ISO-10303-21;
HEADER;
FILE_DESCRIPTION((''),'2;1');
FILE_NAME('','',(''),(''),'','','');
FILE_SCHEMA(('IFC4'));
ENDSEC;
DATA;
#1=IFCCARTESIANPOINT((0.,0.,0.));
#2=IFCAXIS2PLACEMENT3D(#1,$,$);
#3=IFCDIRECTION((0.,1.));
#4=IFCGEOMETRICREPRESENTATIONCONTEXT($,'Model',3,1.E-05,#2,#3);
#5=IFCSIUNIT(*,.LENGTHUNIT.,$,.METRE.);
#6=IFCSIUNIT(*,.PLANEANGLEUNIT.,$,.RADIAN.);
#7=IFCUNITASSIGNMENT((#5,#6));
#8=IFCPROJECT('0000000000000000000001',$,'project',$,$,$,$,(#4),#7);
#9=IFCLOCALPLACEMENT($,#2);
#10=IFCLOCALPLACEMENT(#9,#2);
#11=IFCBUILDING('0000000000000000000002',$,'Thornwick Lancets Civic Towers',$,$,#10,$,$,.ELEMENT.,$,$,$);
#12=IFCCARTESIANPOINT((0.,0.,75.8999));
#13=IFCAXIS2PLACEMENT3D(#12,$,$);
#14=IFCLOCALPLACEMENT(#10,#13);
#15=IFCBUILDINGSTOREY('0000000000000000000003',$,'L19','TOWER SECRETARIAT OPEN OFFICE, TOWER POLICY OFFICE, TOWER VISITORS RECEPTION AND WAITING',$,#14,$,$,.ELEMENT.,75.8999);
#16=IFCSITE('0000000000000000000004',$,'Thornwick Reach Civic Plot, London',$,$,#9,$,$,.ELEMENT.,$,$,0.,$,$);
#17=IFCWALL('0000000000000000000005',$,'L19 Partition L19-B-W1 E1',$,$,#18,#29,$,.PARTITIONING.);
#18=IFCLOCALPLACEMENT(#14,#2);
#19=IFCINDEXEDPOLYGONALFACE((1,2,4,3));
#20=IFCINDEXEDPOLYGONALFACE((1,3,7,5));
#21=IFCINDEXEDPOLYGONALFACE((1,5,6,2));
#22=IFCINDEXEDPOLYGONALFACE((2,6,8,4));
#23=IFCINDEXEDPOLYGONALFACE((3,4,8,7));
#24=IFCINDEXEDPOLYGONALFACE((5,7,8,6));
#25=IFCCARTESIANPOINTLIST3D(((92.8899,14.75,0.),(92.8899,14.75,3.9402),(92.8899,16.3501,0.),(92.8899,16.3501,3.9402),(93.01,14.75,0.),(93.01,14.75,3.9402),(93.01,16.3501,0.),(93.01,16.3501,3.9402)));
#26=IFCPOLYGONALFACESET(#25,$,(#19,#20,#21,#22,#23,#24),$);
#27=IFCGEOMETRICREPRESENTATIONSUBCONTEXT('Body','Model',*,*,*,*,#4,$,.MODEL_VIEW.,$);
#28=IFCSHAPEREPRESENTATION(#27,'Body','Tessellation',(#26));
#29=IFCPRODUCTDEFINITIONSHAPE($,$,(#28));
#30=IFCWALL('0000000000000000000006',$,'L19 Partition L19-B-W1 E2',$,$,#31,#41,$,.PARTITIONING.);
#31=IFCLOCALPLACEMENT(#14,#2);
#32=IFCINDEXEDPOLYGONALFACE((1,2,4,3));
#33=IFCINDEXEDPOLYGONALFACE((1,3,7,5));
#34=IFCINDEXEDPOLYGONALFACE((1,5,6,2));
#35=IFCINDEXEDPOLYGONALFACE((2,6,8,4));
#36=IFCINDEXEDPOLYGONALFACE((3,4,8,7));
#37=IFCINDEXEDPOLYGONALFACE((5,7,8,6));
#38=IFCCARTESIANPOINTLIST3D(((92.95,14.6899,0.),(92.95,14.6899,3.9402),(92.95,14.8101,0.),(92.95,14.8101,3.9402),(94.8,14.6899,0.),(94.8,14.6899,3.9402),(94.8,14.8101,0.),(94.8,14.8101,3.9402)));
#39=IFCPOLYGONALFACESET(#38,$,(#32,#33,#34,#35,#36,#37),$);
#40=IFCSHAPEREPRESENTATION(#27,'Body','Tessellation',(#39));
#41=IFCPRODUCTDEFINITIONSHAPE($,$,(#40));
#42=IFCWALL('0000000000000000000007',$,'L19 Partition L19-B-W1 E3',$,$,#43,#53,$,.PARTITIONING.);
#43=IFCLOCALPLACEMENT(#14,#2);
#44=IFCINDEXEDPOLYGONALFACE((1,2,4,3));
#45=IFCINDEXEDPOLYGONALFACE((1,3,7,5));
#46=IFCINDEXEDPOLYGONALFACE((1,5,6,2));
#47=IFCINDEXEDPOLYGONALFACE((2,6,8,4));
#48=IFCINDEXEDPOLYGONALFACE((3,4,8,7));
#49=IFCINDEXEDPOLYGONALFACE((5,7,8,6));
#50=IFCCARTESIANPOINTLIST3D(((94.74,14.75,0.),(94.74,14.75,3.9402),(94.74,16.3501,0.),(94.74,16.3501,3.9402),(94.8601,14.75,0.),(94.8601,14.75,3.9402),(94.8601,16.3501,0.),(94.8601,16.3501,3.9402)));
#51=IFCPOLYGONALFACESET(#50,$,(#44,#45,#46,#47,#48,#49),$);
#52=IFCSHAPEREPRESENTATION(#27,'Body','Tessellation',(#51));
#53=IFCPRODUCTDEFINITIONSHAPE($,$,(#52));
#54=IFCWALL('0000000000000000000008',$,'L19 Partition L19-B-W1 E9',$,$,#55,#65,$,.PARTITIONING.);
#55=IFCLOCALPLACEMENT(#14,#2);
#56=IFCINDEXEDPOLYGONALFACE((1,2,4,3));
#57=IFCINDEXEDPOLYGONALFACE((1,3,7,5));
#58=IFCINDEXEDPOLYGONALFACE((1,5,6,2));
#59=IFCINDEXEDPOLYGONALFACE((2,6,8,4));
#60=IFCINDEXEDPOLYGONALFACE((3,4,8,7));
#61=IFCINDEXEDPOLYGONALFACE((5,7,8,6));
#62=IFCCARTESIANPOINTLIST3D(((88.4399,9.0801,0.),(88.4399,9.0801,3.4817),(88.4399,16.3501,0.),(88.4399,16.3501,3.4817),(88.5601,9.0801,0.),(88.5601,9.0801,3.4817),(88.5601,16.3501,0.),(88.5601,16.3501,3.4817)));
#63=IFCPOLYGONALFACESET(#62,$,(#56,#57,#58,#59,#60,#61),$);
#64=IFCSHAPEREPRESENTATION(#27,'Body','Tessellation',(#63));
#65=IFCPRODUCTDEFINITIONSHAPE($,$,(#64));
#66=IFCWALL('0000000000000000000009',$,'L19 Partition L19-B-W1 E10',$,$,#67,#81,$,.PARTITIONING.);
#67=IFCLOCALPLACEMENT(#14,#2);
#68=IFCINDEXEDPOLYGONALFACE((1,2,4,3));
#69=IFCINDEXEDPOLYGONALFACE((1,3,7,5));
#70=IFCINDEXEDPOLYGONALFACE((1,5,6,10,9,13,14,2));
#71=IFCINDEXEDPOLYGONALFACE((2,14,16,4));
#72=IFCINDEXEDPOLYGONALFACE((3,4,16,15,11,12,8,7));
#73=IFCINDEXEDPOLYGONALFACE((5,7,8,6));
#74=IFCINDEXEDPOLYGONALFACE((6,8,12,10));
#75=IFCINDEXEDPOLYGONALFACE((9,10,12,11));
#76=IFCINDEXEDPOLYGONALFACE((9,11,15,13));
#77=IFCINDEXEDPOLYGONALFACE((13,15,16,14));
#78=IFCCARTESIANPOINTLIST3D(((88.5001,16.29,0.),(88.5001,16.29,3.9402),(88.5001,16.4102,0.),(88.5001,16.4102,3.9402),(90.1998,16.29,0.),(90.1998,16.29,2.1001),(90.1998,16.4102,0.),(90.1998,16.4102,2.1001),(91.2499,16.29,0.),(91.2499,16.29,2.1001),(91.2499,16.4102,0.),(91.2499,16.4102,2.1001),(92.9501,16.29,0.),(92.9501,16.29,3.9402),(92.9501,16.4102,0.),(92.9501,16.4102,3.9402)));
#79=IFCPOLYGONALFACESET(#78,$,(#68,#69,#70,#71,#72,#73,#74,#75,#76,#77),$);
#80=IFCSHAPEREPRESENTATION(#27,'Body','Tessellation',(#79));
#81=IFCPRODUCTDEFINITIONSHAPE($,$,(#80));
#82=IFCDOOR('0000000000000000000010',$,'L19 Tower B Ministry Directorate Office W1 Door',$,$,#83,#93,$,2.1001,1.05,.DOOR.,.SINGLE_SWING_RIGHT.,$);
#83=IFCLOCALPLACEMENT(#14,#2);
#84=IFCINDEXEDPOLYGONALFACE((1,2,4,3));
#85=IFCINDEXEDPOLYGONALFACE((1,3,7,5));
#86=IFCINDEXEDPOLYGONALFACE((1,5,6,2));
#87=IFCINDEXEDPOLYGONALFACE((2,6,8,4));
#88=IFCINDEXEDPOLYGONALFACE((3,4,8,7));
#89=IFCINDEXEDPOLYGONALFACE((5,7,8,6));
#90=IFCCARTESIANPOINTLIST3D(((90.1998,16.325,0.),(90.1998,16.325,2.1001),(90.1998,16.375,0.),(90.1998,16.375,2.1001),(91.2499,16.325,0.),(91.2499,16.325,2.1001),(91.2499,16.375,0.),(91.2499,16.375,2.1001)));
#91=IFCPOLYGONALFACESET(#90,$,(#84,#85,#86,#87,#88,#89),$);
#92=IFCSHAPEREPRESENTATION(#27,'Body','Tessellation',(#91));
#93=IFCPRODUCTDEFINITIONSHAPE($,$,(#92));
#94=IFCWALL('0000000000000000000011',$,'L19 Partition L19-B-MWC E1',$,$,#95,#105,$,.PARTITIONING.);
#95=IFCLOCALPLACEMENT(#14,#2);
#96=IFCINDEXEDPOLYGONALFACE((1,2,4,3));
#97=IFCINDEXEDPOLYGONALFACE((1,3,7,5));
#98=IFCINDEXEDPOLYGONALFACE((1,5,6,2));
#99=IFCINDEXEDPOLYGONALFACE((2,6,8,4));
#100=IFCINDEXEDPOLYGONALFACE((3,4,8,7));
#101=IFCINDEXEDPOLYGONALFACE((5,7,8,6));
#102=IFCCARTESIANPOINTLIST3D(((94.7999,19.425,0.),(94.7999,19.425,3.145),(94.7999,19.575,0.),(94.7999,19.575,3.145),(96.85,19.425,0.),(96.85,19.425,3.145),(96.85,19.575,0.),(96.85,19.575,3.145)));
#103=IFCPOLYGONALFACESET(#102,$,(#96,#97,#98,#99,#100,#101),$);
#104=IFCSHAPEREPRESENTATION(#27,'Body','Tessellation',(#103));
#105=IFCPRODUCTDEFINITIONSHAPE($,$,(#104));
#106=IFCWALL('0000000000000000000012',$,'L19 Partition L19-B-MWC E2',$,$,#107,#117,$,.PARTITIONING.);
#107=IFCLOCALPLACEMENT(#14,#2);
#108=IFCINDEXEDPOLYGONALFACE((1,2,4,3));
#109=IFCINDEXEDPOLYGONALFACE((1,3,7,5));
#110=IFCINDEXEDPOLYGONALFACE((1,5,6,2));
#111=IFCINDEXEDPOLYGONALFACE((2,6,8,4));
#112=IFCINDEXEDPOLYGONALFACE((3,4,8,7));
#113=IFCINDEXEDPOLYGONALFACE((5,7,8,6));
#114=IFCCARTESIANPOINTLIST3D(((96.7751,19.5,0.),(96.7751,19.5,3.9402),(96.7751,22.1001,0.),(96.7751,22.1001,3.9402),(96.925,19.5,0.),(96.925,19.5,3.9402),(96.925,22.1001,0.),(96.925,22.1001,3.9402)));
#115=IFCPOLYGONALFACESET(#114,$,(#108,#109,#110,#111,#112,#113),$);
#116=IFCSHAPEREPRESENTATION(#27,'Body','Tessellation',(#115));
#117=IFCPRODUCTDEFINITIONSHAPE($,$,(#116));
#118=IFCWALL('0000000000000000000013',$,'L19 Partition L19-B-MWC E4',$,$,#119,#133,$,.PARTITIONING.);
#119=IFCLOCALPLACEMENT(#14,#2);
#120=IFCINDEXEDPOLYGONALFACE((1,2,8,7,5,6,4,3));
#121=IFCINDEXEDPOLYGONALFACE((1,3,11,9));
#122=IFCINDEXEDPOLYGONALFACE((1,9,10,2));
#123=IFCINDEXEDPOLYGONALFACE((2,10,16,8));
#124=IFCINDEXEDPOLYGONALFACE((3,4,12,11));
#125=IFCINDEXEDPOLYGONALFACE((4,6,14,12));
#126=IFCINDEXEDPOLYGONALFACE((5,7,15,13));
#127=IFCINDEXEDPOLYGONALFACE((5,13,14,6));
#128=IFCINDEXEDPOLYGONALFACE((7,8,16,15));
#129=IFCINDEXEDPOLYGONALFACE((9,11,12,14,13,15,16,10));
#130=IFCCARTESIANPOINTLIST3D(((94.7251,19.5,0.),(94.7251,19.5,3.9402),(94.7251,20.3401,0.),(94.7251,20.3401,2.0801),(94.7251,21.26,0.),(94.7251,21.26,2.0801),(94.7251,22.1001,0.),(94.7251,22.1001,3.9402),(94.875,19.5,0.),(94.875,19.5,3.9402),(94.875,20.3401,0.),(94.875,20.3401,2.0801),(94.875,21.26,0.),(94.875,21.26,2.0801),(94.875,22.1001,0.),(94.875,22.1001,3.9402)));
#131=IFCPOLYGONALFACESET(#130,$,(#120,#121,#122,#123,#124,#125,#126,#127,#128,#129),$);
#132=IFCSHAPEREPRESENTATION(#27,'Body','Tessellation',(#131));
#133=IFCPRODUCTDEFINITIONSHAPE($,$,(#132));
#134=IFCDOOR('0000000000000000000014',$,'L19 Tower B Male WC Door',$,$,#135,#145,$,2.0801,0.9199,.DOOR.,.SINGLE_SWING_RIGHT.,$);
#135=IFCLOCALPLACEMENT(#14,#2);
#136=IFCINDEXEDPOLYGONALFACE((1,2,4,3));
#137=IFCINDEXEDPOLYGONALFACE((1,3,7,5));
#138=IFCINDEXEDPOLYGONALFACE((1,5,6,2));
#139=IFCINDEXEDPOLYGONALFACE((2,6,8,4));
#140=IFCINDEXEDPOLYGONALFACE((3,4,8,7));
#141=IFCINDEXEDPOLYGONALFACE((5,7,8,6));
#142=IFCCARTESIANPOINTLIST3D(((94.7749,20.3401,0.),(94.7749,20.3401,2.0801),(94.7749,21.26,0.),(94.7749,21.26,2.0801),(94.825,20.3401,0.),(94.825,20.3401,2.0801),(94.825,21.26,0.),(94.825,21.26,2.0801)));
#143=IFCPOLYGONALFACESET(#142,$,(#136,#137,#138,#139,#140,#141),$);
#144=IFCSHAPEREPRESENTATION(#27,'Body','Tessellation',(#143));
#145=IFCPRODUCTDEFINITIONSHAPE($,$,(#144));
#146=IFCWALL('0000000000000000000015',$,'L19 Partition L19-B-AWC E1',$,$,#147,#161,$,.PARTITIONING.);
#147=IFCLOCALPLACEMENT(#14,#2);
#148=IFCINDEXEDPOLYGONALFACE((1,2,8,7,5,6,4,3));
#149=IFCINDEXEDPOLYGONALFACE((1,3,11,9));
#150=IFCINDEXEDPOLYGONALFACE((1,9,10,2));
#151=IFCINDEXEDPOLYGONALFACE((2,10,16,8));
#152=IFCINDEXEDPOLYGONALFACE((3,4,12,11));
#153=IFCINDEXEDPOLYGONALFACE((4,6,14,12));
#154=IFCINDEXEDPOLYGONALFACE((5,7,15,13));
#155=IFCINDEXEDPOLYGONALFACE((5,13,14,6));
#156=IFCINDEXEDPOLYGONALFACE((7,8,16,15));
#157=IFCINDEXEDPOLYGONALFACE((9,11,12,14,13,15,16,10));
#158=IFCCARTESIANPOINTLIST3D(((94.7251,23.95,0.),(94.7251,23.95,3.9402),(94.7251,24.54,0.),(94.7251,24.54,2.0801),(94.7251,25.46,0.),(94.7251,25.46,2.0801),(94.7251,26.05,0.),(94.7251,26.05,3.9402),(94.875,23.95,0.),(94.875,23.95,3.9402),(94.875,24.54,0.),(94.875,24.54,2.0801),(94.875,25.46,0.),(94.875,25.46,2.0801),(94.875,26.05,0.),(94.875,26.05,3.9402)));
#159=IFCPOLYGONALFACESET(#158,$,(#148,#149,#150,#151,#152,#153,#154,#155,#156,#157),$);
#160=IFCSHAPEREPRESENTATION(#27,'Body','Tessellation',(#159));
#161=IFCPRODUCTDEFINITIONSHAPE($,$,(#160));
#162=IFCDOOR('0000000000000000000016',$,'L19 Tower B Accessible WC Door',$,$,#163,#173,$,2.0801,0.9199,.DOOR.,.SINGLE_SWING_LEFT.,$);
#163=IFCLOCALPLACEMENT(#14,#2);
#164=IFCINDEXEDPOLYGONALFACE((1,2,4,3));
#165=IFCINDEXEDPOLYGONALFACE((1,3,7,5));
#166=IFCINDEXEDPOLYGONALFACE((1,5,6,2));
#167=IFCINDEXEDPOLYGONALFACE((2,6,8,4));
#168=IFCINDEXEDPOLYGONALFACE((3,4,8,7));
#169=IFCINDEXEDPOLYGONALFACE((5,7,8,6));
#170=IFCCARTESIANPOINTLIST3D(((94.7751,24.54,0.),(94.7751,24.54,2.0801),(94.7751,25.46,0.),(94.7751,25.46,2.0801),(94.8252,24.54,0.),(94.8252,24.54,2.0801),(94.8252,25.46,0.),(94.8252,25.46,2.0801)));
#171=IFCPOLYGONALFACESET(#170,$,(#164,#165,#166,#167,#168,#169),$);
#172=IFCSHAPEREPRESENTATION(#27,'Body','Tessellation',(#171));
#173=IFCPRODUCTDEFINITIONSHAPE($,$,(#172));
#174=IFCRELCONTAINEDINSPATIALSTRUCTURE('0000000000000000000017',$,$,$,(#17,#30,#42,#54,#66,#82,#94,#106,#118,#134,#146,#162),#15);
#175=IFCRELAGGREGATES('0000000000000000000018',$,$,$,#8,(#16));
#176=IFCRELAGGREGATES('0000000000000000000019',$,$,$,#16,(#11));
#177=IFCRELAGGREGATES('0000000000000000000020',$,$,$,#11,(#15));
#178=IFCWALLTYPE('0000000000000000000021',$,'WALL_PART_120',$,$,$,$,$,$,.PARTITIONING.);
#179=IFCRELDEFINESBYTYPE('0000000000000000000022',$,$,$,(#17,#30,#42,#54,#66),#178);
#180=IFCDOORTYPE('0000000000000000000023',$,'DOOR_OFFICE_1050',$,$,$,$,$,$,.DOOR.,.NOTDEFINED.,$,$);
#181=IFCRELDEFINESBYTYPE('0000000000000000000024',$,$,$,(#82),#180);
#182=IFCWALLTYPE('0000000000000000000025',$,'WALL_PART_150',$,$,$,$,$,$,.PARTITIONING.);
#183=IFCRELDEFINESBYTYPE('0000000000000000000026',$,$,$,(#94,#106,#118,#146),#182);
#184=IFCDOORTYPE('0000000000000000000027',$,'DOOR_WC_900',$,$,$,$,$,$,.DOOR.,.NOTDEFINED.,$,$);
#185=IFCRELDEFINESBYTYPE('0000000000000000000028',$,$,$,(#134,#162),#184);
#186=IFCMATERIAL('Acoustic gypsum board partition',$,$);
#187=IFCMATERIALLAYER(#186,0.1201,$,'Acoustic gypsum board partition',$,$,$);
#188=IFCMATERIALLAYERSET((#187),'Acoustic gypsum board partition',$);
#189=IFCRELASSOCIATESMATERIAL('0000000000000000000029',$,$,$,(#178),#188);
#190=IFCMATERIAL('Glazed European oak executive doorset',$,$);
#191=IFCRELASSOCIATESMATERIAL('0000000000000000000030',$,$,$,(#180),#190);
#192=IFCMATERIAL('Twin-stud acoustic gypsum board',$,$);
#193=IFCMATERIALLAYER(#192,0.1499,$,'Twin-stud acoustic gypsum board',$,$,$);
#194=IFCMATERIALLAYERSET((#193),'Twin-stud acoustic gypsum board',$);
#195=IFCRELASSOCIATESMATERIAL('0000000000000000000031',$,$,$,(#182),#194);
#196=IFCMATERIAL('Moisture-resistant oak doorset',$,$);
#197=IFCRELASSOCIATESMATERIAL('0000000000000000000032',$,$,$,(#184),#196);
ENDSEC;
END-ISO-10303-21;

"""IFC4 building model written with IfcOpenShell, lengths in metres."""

from ifc_helpers import new_model, si_unit, direction, frame, frame_2d, origin, place, context, subcontext, project, spatial, rectangle, extrude, material, layer, layer_set, type_object, element, fill, save


model = new_model("IFC4")

# Units and contexts
model_context = context("Model", 3, precision=1e-05, world=origin(), true_north=direction((0.0, 1.0)))
body_context = subcontext(model_context, "Body", "Model", "MODEL_VIEW")
ifc_project = project(units=[si_unit("LENGTHUNIT", "METRE"), si_unit("PLANEANGLEUNIT", "RADIAN")], contexts=[model_context])

# Site, building, storey
site_placement = place(None, origin())
site = spatial("IfcSite", under=ifc_project, at=site_placement, Name="Thornwick Reach Civic Plot, London", CompositionType="ELEMENT", RefElevation=0.0)
building_placement = place(site_placement, origin())
building = spatial("IfcBuilding", under=site, at=building_placement, Name="Thornwick Lancets Civic Towers", CompositionType="ELEMENT")
storey_placement = place(building_placement, frame((0.0, 0.0, 75.8999)))
storey = spatial("IfcBuildingStorey", under=building, at=storey_placement, Name="L19", Description="TOWER SECRETARIAT OPEN OFFICE, TOWER POLICY OFFICE, TOWER VISITORS RECEPTION AND WAITING", CompositionType="ELEMENT", Elevation=75.8999)

# Walls
ifc_material_1 = material(Name="Acoustic gypsum board partition")
ifc_layer_1 = layer(ifc_material_1, 0.1201, Name="Acoustic gypsum board partition")
ifc_layer_set_1 = layer_set([ifc_layer_1], Name="Acoustic gypsum board partition")
wall_type_1 = type_object("IfcWallType", Name="WALL_PART_120", PredefinedType="PARTITIONING", material=ifc_layer_set_1)
wall_1_placement = place(storey_placement, frame((92.95, 16.3501, 0.0), z_axis=(0.0, 0.0, 1.0), x_axis=(0.0, -1.0, 0.0)))
element("IfcWall", 1, at=wall_1_placement, inside=storey, type_object=wall_type_1, Name="L19 Partition L19-B-W1 E1", PredefinedType="PARTITIONING", context=body_context, shape_type="SweptSolid", body=[
    extrude(rectangle(XDim=1.6001, YDim=0.1201, at=frame_2d((0.8, 0.0))), origin(), (0.0, 0.0, 1.0), 3.9402),
])
wall_2_placement = place(storey_placement, frame((92.95, 14.75, 0.0), z_axis=(0.0, 0.0, 1.0), x_axis=(1.0, 0.0, 0.0)))
element("IfcWall", 2, at=wall_2_placement, inside=storey, type_object=wall_type_1, Name="L19 Partition L19-B-W1 E2", PredefinedType="PARTITIONING", context=body_context, shape_type="SweptSolid", body=[
    extrude(rectangle(XDim=1.8501, YDim=0.1201, at=frame_2d((0.925, 0.0))), origin(), (0.0, 0.0, 1.0), 3.9402),
])
wall_3_placement = place(storey_placement, frame((94.8, 14.75, 0.0), z_axis=(0.0, 0.0, 1.0), x_axis=(0.0, 1.0, 0.0)))
element("IfcWall", 3, at=wall_3_placement, inside=storey, type_object=wall_type_1, Name="L19 Partition L19-B-W1 E3", PredefinedType="PARTITIONING", context=body_context, shape_type="SweptSolid", body=[
    extrude(rectangle(XDim=1.6001, YDim=0.1201, at=frame_2d((0.8, 0.0))), origin(), (0.0, 0.0, 1.0), 3.9402),
])
wall_4_placement = place(storey_placement, frame((88.5, 9.0801, 0.0), z_axis=(0.0, 0.0, 1.0), x_axis=(0.0, 1.0, 0.0)))
element("IfcWall", 4, at=wall_4_placement, inside=storey, type_object=wall_type_1, Name="L19 Partition L19-B-W1 E9", PredefinedType="PARTITIONING", context=body_context, shape_type="SweptSolid", body=[
    extrude(rectangle(XDim=7.27, YDim=0.1201, at=frame_2d((3.635, 0.0))), origin(), (0.0, 0.0, 1.0), 3.4817),
])

# Wall, opening, door
wall_5_placement = place(storey_placement, frame((88.5, 16.3501, 0.0), z_axis=(0.0, 0.0, 1.0), x_axis=(1.0, 0.0, 0.0)))
wall_5 = element("IfcWall", 5, at=wall_5_placement, inside=storey, type_object=wall_type_1, Name="L19 Partition L19-B-W1 E10", PredefinedType="PARTITIONING", context=body_context, shape_type="SweptSolid", body=[
    extrude(rectangle(XDim=4.45, YDim=0.1201, at=frame_2d((2.2251, 0.0))), origin(), (0.0, 0.0, 1.0), 3.9402),
])
opening_1_placement = place(wall_5_placement, frame((1.7, 0.0, 0.0)))
opening_1 = element("IfcOpeningElement", 6, at=opening_1_placement, cuts=wall_5, PredefinedType="OPENING", context=body_context, shape_type="SweptSolid", body=[
    extrude(rectangle(XDim=1.05, YDim=2.1001, at=frame_2d((0.5249, 1.05))), frame((0.0, 0.0701, 0.0), z_axis=(0.0, -1.0, 0.0), x_axis=(1.0, 0.0, 0.0)), (0.0, 0.0, 1.0), 0.1401),
])
ifc_material_2 = material(Name="Glazed European oak executive doorset")
door_type_1 = type_object("IfcDoorType", Name="DOOR_OFFICE_1050", OperationType="NOTDEFINED", PredefinedType="DOOR", material=ifc_material_2)
door_1_placement = place(opening_1_placement, origin())
door_1 = element("IfcDoor", 7, at=door_1_placement, inside=storey, type_object=door_type_1, Name="L19 Tower B Ministry Directorate Office W1 Door", OperationType="SINGLE_SWING_RIGHT", OverallHeight=2.1001, OverallWidth=1.05, PredefinedType="DOOR", context=body_context, shape_type="SweptSolid", body=[
    extrude(rectangle(XDim=1.05, YDim=2.1001, at=frame_2d((0.5249, 1.05))), frame((0.0, 0.0249, 0.0), z_axis=(0.0, -1.0, 0.0), x_axis=(1.0, 0.0, 0.0)), (0.0, 0.0, 1.0), 0.05),
])
fill(opening_1, door_1)

# Walls
ifc_material_3 = material(Name="Twin-stud acoustic gypsum board")
ifc_layer_2 = layer(ifc_material_3, 0.1499, Name="Twin-stud acoustic gypsum board")
ifc_layer_set_2 = layer_set([ifc_layer_2], Name="Twin-stud acoustic gypsum board")
wall_type_2 = type_object("IfcWallType", Name="WALL_PART_150", PredefinedType="PARTITIONING", material=ifc_layer_set_2)
wall_6_placement = place(storey_placement, frame((94.8, 19.5, 0.0), z_axis=(0.0, 0.0, 1.0), x_axis=(1.0, 0.0, 0.0)))
element("IfcWall", 8, at=wall_6_placement, inside=storey, type_object=wall_type_2, Name="L19 Partition L19-B-MWC E1", PredefinedType="PARTITIONING", context=body_context, shape_type="SweptSolid", body=[
    extrude(rectangle(XDim=2.05, YDim=0.1499, at=frame_2d((1.0249, 0.0))), origin(), (0.0, 0.0, 1.0), 3.145),
])
wall_7_placement = place(storey_placement, frame((96.8501, 19.5, 0.0), z_axis=(0.0, 0.0, 1.0), x_axis=(0.0, 1.0, 0.0)))
element("IfcWall", 9, at=wall_7_placement, inside=storey, type_object=wall_type_2, Name="L19 Partition L19-B-MWC E2", PredefinedType="PARTITIONING", context=body_context, shape_type="SweptSolid", body=[
    extrude(rectangle(XDim=2.6001, YDim=0.1499, at=frame_2d((1.3, 0.0))), origin(), (0.0, 0.0, 1.0), 3.9402),
])

# Walls, openings, doors
wall_8_placement = place(storey_placement, frame((94.8, 22.1001, 0.0), z_axis=(0.0, 0.0, 1.0), x_axis=(0.0, -1.0, 0.0)))
wall_8 = element("IfcWall", 10, at=wall_8_placement, inside=storey, type_object=wall_type_2, Name="L19 Partition L19-B-MWC E4", PredefinedType="PARTITIONING", context=body_context, shape_type="SweptSolid", body=[
    extrude(rectangle(XDim=2.6001, YDim=0.1499, at=frame_2d((1.3, 0.0))), origin(), (0.0, 0.0, 1.0), 3.9402),
])
opening_2_placement = place(wall_8_placement, frame((0.8401, 0.0, 0.0)))
opening_2 = element("IfcOpeningElement", 11, at=opening_2_placement, cuts=wall_8, PredefinedType="OPENING", context=body_context, shape_type="SweptSolid", body=[
    extrude(rectangle(XDim=0.9199, YDim=2.0801, at=frame_2d((0.46, 1.04))), frame((0.0, 0.085, 0.0), z_axis=(0.0, -1.0, 0.0), x_axis=(1.0, 0.0, 0.0)), (0.0, 0.0, 1.0), 0.1699),
])
ifc_material_4 = material(Name="Moisture-resistant oak doorset")
door_type_2 = type_object("IfcDoorType", Name="DOOR_WC_900", OperationType="NOTDEFINED", PredefinedType="DOOR", material=ifc_material_4)
door_2_placement = place(opening_2_placement, origin())
door_2 = element("IfcDoor", 12, at=door_2_placement, inside=storey, type_object=door_type_2, Name="L19 Tower B Male WC Door", OperationType="SINGLE_SWING_RIGHT", OverallHeight=2.0801, OverallWidth=0.9199, PredefinedType="DOOR", context=body_context, shape_type="SweptSolid", body=[
    extrude(rectangle(XDim=0.9199, YDim=2.0801, at=frame_2d((0.46, 1.04))), frame((0.0, 0.0249, 0.0), z_axis=(0.0, -1.0, 0.0), x_axis=(1.0, 0.0, 0.0)), (0.0, 0.0, 1.0), 0.05),
])
fill(opening_2, door_2)
wall_9_placement = place(storey_placement, frame((94.8, 23.95, 0.0), z_axis=(0.0, 0.0, 1.0), x_axis=(0.0, 1.0, 0.0)))
wall_9 = element("IfcWall", 13, at=wall_9_placement, inside=storey, type_object=wall_type_2, Name="L19 Partition L19-B-AWC E1", PredefinedType="PARTITIONING", context=body_context, shape_type="SweptSolid", body=[
    extrude(rectangle(XDim=2.1001, YDim=0.1499, at=frame_2d((1.05, 0.0))), origin(), (0.0, 0.0, 1.0), 3.9402),
])
opening_3_placement = place(wall_9_placement, frame((0.5901, 0.0, 0.0)))
opening_3 = element("IfcOpeningElement", 14, at=opening_3_placement, cuts=wall_9, PredefinedType="OPENING", context=body_context, shape_type="SweptSolid", body=[
    extrude(rectangle(XDim=0.9199, YDim=2.0801, at=frame_2d((0.46, 1.04))), frame((0.0, 0.085, 0.0), z_axis=(0.0, -1.0, 0.0), x_axis=(1.0, 0.0, 0.0)), (0.0, 0.0, 1.0), 0.1699),
])
door_3_placement = place(opening_3_placement, origin())
door_3 = element("IfcDoor", 15, at=door_3_placement, inside=storey, type_object=door_type_2, Name="L19 Tower B Accessible WC Door", OperationType="SINGLE_SWING_LEFT", OverallHeight=2.0801, OverallWidth=0.9199, PredefinedType="DOOR", context=body_context, shape_type="SweptSolid", body=[
    extrude(rectangle(XDim=0.9199, YDim=2.0801, at=frame_2d((0.46, 1.04))), frame((0.0, 0.0249, 0.0), z_axis=(0.0, -1.0, 0.0), x_axis=(1.0, 0.0, 0.0)), (0.0, 0.0, 1.0), 0.05),
])
fill(opening_3, door_3)

save(model, "model.ifc")
